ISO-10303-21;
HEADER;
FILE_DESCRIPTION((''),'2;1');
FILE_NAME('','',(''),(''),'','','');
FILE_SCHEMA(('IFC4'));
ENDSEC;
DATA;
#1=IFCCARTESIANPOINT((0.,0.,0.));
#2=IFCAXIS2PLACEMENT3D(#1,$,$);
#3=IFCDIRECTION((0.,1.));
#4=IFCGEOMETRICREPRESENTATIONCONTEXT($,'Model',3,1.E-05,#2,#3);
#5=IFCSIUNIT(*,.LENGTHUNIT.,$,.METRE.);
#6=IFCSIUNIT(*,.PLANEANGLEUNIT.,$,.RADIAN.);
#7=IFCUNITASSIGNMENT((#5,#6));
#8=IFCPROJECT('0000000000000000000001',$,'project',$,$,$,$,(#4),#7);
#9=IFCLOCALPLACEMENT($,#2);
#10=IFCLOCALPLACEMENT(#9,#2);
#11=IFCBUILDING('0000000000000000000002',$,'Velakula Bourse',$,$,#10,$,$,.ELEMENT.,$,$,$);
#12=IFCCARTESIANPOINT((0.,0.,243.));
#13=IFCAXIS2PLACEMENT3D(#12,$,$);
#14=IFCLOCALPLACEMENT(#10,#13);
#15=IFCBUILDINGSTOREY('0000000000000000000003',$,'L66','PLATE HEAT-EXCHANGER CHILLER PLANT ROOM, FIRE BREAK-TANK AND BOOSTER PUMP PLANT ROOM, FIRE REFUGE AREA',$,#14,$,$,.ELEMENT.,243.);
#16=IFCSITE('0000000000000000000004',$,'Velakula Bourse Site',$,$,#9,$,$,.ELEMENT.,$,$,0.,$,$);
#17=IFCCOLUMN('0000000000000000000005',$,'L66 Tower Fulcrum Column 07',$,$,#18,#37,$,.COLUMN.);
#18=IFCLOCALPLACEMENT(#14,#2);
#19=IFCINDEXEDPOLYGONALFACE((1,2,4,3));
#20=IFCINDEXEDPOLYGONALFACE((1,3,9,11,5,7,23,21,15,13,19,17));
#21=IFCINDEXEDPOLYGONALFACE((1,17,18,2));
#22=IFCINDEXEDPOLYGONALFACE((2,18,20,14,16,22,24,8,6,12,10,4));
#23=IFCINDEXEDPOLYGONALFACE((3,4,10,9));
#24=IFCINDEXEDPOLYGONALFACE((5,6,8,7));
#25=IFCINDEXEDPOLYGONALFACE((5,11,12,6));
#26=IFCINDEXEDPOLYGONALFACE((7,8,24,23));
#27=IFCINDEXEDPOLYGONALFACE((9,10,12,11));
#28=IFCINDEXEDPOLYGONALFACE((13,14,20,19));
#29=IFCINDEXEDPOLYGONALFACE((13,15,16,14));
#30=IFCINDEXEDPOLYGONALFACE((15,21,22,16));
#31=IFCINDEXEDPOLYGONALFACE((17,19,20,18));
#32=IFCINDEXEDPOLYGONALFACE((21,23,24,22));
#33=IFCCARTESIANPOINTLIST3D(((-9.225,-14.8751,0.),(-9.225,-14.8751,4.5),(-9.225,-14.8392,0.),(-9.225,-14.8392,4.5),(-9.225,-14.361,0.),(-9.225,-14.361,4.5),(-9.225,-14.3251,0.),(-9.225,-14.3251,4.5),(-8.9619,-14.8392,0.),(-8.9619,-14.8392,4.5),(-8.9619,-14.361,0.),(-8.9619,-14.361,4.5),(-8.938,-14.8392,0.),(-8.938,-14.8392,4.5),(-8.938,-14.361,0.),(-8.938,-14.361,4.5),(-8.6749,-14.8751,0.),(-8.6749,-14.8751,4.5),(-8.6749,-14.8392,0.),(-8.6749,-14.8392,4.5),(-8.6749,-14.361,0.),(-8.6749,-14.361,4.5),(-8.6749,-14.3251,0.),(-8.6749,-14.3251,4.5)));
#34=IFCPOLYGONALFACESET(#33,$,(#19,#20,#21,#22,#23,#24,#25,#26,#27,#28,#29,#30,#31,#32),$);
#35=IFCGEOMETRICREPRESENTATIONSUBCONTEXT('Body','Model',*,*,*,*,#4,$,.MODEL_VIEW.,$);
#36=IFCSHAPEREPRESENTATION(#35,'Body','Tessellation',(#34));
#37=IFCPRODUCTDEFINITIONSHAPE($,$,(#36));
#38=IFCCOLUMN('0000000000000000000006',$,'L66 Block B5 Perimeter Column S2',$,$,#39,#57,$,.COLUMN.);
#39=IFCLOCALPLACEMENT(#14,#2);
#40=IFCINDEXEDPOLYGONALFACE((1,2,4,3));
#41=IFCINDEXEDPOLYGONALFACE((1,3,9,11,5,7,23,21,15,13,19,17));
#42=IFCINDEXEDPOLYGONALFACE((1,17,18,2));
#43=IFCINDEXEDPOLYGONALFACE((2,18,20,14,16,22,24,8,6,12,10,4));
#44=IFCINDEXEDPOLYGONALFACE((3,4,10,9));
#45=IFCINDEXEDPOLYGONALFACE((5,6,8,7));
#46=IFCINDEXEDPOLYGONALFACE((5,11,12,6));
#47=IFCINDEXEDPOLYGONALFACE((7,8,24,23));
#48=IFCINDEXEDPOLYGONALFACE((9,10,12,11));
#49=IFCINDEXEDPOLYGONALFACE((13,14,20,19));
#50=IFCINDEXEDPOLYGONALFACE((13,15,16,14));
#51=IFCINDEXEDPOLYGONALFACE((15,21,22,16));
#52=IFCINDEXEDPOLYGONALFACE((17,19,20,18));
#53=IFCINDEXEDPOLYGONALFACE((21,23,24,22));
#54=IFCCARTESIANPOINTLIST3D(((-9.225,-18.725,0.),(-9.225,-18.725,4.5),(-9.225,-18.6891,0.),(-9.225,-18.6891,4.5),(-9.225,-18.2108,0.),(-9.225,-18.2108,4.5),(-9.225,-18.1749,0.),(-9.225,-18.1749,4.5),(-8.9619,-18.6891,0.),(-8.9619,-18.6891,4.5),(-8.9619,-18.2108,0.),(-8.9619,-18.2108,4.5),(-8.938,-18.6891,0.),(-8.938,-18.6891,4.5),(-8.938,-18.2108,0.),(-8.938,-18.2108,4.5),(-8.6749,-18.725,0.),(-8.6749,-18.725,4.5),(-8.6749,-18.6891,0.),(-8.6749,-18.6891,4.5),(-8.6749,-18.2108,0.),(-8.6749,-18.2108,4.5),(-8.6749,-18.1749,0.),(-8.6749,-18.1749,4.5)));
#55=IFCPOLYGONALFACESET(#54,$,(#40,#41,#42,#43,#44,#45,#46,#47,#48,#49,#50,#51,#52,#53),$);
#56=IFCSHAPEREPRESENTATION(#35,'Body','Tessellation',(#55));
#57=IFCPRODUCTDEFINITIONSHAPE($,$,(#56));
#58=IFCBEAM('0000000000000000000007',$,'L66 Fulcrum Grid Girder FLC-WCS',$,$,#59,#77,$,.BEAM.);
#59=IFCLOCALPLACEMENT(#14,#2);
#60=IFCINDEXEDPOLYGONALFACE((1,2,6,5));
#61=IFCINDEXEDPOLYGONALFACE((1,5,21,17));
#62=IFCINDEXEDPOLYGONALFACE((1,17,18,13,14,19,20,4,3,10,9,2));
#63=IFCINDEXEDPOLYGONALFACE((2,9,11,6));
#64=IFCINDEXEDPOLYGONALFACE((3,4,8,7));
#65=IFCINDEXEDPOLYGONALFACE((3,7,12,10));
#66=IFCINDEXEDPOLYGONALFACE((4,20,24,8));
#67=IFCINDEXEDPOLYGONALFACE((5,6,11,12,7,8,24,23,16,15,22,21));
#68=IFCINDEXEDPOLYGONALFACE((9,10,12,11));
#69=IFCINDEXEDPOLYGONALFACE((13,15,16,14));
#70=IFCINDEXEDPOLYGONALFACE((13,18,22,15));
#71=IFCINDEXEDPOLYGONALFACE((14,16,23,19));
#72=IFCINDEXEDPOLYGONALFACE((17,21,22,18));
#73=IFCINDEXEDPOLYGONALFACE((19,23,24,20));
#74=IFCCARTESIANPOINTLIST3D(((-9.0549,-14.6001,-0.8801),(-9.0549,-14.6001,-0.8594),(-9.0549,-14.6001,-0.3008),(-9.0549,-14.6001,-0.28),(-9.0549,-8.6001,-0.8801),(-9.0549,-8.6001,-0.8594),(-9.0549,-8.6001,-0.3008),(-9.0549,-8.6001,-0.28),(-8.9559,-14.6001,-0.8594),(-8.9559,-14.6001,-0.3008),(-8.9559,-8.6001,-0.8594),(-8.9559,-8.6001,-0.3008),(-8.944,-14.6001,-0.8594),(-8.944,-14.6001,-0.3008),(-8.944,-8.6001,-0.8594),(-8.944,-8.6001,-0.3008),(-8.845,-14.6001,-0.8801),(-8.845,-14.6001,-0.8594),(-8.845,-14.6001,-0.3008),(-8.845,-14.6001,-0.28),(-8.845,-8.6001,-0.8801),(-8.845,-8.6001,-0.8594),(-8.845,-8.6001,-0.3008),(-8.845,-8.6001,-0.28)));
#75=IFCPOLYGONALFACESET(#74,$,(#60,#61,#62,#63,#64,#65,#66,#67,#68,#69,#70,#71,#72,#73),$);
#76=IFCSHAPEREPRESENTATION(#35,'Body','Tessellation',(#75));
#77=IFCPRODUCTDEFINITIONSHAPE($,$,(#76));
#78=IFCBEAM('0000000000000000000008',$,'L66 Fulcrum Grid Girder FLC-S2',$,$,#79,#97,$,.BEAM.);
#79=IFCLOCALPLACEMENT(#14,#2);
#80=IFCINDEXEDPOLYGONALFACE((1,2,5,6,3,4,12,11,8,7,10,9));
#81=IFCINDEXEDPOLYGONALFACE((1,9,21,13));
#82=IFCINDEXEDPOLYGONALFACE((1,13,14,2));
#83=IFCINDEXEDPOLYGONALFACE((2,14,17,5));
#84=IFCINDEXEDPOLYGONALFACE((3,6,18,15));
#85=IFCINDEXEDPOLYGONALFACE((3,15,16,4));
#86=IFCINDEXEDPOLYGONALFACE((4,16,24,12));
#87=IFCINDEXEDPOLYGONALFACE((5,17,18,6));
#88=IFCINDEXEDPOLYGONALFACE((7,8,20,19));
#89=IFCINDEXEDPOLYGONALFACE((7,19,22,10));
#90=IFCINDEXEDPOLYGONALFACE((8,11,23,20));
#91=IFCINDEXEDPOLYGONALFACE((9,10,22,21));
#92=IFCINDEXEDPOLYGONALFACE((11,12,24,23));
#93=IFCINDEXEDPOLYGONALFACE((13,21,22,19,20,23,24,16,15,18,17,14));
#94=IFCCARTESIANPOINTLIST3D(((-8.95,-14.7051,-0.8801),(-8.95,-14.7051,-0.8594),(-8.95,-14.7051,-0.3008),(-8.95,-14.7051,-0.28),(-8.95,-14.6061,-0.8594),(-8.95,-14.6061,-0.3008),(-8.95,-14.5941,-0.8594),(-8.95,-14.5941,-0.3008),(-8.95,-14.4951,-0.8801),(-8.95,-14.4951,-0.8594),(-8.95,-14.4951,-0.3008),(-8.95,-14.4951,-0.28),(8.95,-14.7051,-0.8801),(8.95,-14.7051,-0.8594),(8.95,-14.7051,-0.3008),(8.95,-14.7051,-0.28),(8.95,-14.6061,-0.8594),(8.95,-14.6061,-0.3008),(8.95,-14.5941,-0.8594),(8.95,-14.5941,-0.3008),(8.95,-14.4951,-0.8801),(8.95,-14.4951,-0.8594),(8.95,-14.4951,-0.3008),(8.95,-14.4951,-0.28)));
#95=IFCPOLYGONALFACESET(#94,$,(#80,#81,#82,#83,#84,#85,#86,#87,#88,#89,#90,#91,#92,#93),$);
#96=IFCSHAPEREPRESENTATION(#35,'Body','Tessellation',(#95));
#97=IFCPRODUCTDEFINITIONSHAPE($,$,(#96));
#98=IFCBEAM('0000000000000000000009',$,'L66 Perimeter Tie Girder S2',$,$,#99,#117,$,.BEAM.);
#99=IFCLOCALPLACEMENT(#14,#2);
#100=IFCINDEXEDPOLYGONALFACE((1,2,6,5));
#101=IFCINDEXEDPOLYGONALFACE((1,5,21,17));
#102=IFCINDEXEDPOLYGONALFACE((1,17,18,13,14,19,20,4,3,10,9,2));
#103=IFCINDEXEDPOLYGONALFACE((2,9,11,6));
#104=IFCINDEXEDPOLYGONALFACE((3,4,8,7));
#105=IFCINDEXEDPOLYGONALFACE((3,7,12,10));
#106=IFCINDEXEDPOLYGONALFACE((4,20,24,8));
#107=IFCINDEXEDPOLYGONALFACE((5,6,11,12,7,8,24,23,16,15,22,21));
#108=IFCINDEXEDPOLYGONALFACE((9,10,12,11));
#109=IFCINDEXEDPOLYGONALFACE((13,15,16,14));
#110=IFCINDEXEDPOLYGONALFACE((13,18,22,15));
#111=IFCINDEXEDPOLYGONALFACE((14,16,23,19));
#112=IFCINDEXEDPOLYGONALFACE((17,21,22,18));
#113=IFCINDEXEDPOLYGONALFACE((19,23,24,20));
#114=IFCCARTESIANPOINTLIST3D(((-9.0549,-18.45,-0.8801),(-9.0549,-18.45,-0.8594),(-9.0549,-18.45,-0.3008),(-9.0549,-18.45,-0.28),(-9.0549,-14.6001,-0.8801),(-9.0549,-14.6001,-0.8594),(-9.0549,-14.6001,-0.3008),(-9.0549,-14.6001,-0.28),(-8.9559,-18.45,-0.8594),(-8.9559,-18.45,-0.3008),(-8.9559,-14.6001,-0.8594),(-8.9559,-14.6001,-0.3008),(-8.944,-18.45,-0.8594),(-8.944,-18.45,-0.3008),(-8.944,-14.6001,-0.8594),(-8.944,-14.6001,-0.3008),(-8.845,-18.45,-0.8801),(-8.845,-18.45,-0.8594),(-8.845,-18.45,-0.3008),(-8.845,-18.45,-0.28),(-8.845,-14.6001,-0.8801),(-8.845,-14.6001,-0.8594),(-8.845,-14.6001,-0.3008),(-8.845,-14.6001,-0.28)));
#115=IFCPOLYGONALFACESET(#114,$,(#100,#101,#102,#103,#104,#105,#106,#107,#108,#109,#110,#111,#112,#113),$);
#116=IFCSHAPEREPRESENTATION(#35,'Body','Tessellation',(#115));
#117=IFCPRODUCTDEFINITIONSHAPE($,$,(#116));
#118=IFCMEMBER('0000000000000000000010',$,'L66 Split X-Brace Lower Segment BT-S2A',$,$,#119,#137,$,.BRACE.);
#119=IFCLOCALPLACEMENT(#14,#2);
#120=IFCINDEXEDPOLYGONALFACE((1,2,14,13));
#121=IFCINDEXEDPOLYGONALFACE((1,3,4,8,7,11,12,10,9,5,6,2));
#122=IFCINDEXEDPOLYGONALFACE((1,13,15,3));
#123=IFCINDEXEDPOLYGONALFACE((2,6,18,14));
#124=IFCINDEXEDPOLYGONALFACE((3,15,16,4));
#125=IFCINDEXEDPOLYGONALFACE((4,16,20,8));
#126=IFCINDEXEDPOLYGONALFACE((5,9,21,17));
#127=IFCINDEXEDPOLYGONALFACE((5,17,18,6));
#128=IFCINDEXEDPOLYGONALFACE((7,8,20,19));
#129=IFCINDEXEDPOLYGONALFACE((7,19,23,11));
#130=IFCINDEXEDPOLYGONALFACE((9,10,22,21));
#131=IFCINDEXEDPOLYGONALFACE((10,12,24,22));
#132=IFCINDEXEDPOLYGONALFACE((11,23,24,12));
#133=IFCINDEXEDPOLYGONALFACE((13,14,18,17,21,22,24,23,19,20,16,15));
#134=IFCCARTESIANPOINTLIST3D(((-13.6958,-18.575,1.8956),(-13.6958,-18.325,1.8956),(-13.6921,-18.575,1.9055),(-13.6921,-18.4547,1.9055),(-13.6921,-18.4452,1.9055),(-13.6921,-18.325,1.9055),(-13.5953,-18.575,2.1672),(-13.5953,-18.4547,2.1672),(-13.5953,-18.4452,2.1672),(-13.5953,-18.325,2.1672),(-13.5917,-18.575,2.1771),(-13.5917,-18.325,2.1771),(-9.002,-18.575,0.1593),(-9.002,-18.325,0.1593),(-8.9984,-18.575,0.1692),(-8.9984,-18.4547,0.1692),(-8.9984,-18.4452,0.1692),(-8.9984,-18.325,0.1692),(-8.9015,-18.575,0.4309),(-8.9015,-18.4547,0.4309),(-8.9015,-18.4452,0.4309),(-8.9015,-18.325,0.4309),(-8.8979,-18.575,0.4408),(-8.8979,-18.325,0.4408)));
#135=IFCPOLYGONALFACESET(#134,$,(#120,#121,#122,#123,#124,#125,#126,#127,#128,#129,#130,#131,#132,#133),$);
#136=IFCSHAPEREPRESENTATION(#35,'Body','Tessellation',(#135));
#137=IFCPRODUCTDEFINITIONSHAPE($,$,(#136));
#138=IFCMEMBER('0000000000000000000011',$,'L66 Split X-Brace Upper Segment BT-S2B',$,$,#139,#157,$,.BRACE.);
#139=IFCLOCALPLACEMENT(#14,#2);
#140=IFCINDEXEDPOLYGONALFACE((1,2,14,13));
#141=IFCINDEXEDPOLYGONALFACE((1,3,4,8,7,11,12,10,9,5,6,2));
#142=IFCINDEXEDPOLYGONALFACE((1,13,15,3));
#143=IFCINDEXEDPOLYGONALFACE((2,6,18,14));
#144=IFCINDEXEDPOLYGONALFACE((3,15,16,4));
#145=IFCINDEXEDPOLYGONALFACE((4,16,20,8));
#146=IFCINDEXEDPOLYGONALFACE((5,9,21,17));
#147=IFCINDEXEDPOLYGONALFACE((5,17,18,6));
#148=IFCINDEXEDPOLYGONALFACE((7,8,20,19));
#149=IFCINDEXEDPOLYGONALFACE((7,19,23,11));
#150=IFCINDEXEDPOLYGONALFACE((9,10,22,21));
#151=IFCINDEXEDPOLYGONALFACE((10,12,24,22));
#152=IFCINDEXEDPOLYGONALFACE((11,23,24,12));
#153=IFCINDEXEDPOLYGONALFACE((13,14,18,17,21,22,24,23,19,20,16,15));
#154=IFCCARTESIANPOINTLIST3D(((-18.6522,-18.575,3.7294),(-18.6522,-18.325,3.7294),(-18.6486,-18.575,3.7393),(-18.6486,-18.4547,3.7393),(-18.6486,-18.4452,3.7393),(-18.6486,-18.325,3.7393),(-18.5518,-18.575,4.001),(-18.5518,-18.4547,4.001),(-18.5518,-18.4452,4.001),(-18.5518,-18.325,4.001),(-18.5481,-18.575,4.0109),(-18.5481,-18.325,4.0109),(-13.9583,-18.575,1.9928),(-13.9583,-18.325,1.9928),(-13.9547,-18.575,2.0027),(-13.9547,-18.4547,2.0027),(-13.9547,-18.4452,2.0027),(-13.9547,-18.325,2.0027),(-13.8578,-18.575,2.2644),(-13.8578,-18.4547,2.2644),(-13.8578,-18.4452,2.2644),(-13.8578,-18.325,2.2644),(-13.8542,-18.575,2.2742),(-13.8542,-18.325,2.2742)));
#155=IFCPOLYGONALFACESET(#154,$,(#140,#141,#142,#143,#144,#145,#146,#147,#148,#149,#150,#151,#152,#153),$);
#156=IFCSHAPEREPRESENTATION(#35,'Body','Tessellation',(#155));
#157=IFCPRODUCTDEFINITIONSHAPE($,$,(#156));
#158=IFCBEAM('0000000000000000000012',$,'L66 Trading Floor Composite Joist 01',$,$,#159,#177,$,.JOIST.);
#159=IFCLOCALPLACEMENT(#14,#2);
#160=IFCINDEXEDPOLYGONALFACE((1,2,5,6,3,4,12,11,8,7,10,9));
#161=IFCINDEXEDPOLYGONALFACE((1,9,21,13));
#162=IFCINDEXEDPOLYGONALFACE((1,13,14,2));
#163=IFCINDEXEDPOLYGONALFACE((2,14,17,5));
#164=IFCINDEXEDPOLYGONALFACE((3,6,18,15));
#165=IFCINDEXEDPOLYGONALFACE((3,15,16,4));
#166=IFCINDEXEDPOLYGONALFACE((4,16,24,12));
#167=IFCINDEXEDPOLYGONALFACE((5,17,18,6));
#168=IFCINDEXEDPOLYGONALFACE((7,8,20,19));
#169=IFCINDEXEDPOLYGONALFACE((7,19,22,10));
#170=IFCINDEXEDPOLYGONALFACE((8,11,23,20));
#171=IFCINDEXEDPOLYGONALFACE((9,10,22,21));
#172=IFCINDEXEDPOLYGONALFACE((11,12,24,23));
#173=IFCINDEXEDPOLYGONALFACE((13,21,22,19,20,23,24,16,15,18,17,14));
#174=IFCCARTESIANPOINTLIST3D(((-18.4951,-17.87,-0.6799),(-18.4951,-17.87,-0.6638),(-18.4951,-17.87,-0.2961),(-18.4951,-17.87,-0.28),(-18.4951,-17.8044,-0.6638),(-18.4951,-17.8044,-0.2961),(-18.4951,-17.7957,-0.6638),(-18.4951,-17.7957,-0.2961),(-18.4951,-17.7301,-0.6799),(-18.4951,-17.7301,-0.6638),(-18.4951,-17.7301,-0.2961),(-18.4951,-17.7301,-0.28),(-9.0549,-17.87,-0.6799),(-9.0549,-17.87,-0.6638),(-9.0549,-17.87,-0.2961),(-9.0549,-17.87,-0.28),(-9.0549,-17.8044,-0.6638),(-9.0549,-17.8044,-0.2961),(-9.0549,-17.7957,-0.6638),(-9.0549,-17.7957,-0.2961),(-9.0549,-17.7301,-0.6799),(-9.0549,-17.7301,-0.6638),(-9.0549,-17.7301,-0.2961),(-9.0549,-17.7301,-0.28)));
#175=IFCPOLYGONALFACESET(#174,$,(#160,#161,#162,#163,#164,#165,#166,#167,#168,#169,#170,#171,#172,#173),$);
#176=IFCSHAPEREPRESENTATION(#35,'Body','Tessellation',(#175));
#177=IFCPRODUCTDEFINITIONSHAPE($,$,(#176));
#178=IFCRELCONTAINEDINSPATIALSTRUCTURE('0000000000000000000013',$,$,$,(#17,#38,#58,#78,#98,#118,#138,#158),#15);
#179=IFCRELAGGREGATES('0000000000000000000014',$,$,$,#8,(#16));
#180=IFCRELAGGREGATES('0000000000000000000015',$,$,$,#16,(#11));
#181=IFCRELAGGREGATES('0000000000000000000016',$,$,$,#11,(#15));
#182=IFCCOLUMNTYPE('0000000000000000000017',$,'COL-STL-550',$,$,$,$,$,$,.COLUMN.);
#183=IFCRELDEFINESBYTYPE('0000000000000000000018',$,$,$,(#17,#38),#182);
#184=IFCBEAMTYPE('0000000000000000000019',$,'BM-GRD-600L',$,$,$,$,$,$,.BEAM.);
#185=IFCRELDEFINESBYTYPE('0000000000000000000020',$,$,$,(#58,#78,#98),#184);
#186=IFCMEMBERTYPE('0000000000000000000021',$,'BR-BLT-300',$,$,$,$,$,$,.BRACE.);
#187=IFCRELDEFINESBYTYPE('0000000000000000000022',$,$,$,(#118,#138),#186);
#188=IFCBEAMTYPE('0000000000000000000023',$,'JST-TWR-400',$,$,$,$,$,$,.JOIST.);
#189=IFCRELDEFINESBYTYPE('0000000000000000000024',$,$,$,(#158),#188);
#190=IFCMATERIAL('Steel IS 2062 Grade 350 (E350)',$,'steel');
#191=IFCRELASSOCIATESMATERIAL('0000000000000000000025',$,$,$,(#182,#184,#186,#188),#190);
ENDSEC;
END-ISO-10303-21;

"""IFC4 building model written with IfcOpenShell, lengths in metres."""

from ifc_helpers import new_model, si_unit, direction, frame, origin, origin_2d, place, context, subcontext, project, spatial, i_section, extrude, material, material_profile, profile_set, type_object, element, save


model = new_model("IFC4")

# Units and contexts
model_context = context("Model", 3, precision=1e-05, world=origin(), true_north=direction((0.0, 1.0)))
body_context = subcontext(model_context, "Body", "Model", "MODEL_VIEW")
ifc_project = project(units=[si_unit("LENGTHUNIT", "METRE"), si_unit("PLANEANGLEUNIT", "RADIAN")], contexts=[model_context])

# Site, building, storey
site_placement = place(None, origin())
site = spatial("IfcSite", under=ifc_project, at=site_placement, Name="Velakula Bourse Site", CompositionType="ELEMENT", RefElevation=0.0)
building_placement = place(site_placement, origin())
building = spatial("IfcBuilding", under=site, at=building_placement, Name="Velakula Bourse", CompositionType="ELEMENT")
storey_placement = place(building_placement, frame((0.0, 0.0, 243.0)))
storey = spatial("IfcBuildingStorey", under=building, at=storey_placement, Name="L66", Description="PLATE HEAT-EXCHANGER CHILLER PLANT ROOM, FIRE BREAK-TANK AND BOOSTER PUMP PLANT ROOM, FIRE REFUGE AREA", CompositionType="ELEMENT", Elevation=243.0)

# Columns
ifc_material_1 = material(Name="Steel IS 2062 Grade 350 (E350)", Category="steel")
ifc_material_profile_1 = material_profile(ifc_material_1, i_section(OverallWidth=0.55, OverallDepth=0.55, WebThickness=0.0239, FlangeThickness=0.0359, at=origin_2d()), Name="Steel IS 2062 Grade 350 (E350)")
ifc_profile_set_1 = profile_set([ifc_material_profile_1], Name="Steel IS 2062 Grade 350 (E350)")
column_type = type_object("IfcColumnType", Name="COL-STL-550", PredefinedType="COLUMN", material=ifc_profile_set_1)
for number, where, z_axis, x_axis, name in (
    (1, (-8.95, -14.6001, 0.0), (0.0, 0.0, 1.0), (1.0, 0.0, 0.0), "L66 Tower Fulcrum Column 07"),
    (2, (-8.95, -18.45, 0.0), (0.0, 0.0, 1.0), (1.0, 0.0, 0.0), "L66 Block B5 Perimeter Column S2"),
):
    element("IfcColumn", number, at=place(storey_placement, frame(where, z_axis=z_axis, x_axis=x_axis)), inside=storey, type_object=column_type, Name=name, PredefinedType="COLUMN", context=body_context, shape_type="SweptSolid", body=[
        extrude(i_section(OverallWidth=0.55, OverallDepth=0.55, WebThickness=0.0239, FlangeThickness=0.0359, at=origin_2d()), origin(), (0.0, 0.0, 1.0), 4.5),
    ])

# Beams
ifc_material_profile_2 = material_profile(ifc_material_1, i_section(OverallWidth=0.21, OverallDepth=0.6001, WebThickness=0.012, FlangeThickness=0.0208, at=origin_2d()), Name="Steel IS 2062 Grade 350 (E350)")
ifc_profile_set_2 = profile_set([ifc_material_profile_2], Name="Steel IS 2062 Grade 350 (E350)")
beam_type_1 = type_object("IfcBeamType", Name="BM-GRD-600L", PredefinedType="BEAM", material=ifc_profile_set_2)
beam_1_placement = place(storey_placement, frame((-8.95, -14.6001, -0.5801), z_axis=(0.0, 1.0, 0.0), x_axis=(-1.0, 0.0, 0.0)))
element("IfcBeam", 3, at=beam_1_placement, inside=storey, type_object=beam_type_1, Name="L66 Fulcrum Grid Girder FLC-WCS", PredefinedType="BEAM", context=body_context, shape_type="SweptSolid", body=[
    extrude(i_section(OverallWidth=0.21, OverallDepth=0.6001, WebThickness=0.012, FlangeThickness=0.0208, at=origin_2d()), origin(), (0.0, 0.0, 1.0), 6.0),
])
beam_2_placement = place(storey_placement, frame((-8.95, -14.6001, -0.5801), z_axis=(1.0, 0.0, 0.0), x_axis=(0.0, 1.0, 0.0)))
element("IfcBeam", 4, at=beam_2_placement, inside=storey, type_object=beam_type_1, Name="L66 Fulcrum Grid Girder FLC-S2", PredefinedType="BEAM", context=body_context, shape_type="SweptSolid", body=[
    extrude(i_section(OverallWidth=0.21, OverallDepth=0.6001, WebThickness=0.012, FlangeThickness=0.0208, at=origin_2d()), origin(), (0.0, 0.0, 1.0), 17.8999),
])
beam_3_placement = place(storey_placement, frame((-8.95, -14.6001, -0.5801), z_axis=(0.0, -1.0, 0.0), x_axis=(1.0, 0.0, 0.0)))
element("IfcBeam", 5, at=beam_3_placement, inside=storey, type_object=beam_type_1, Name="L66 Perimeter Tie Girder S2", PredefinedType="BEAM", context=body_context, shape_type="SweptSolid", body=[
    extrude(i_section(OverallWidth=0.21, OverallDepth=0.6001, WebThickness=0.012, FlangeThickness=0.0208, at=origin_2d()), origin(), (0.0, 0.0, 1.0), 3.8499),
])

# Members
ifc_material_profile_3 = material_profile(ifc_material_1, i_section(OverallWidth=0.25, OverallDepth=0.3, WebThickness=0.0095, FlangeThickness=0.0105, at=origin_2d()), Name="Steel IS 2062 Grade 350 (E350)")
ifc_profile_set_3 = profile_set([ifc_material_profile_3], Name="Steel IS 2062 Grade 350 (E350)")
member_type = type_object("IfcMemberType", Name="BR-BLT-300", PredefinedType="BRACE", material=ifc_profile_set_3)
member_1_placement = place(storey_placement, frame((-8.95, -18.45, 0.3), z_axis=(-0.937888, 0.0, 0.346939), x_axis=(0.0, -1.0, 0.0)))
element("IfcMember", 6, at=member_1_placement, inside=storey, type_object=member_type, Name="L66 Split X-Brace Lower Segment BT-S2A", PredefinedType="BRACE", context=body_context, shape_type="SweptSolid", body=[
    extrude(i_section(OverallWidth=0.25, OverallDepth=0.3, WebThickness=0.0095, FlangeThickness=0.0105, at=origin_2d()), origin(), (0.0, 0.0, 1.0), 5.0046),
])
member_2_placement = place(storey_placement, frame((-13.9062, -18.45, 2.1335), z_axis=(-0.937872, 0.0, 0.346982), x_axis=(0.0, -1.0, 0.0)))
element("IfcMember", 7, at=member_2_placement, inside=storey, type_object=member_type, Name="L66 Split X-Brace Upper Segment BT-S2B", PredefinedType="BRACE", context=body_context, shape_type="SweptSolid", body=[
    extrude(i_section(OverallWidth=0.25, OverallDepth=0.3, WebThickness=0.0095, FlangeThickness=0.0105, at=origin_2d()), origin(), (0.0, 0.0, 1.0), 5.0049),
])

# Beam
ifc_material_profile_4 = material_profile(ifc_material_1, i_section(OverallWidth=0.1399, OverallDepth=0.3999, WebThickness=0.0088, FlangeThickness=0.0161, at=origin_2d()), Name="Steel IS 2062 Grade 350 (E350)")
ifc_profile_set_4 = profile_set([ifc_material_profile_4], Name="Steel IS 2062 Grade 350 (E350)")
beam_type_2 = type_object("IfcBeamType", Name="JST-TWR-400", PredefinedType="JOIST", material=ifc_profile_set_4)
beam_4_placement = place(storey_placement, frame((-18.4951, -17.8, -0.48), z_axis=(1.0, 0.0, 0.0), x_axis=(0.0, 1.0, 0.0)))
element("IfcBeam", 8, at=beam_4_placement, inside=storey, type_object=beam_type_2, Name="L66 Trading Floor Composite Joist 01", PredefinedType="JOIST", context=body_context, shape_type="SweptSolid", body=[
    extrude(i_section(OverallWidth=0.1399, OverallDepth=0.3999, WebThickness=0.0088, FlangeThickness=0.0161, at=origin_2d()), origin(), (0.0, 0.0, 1.0), 9.4402),
])

save(model, "model.ifc")
